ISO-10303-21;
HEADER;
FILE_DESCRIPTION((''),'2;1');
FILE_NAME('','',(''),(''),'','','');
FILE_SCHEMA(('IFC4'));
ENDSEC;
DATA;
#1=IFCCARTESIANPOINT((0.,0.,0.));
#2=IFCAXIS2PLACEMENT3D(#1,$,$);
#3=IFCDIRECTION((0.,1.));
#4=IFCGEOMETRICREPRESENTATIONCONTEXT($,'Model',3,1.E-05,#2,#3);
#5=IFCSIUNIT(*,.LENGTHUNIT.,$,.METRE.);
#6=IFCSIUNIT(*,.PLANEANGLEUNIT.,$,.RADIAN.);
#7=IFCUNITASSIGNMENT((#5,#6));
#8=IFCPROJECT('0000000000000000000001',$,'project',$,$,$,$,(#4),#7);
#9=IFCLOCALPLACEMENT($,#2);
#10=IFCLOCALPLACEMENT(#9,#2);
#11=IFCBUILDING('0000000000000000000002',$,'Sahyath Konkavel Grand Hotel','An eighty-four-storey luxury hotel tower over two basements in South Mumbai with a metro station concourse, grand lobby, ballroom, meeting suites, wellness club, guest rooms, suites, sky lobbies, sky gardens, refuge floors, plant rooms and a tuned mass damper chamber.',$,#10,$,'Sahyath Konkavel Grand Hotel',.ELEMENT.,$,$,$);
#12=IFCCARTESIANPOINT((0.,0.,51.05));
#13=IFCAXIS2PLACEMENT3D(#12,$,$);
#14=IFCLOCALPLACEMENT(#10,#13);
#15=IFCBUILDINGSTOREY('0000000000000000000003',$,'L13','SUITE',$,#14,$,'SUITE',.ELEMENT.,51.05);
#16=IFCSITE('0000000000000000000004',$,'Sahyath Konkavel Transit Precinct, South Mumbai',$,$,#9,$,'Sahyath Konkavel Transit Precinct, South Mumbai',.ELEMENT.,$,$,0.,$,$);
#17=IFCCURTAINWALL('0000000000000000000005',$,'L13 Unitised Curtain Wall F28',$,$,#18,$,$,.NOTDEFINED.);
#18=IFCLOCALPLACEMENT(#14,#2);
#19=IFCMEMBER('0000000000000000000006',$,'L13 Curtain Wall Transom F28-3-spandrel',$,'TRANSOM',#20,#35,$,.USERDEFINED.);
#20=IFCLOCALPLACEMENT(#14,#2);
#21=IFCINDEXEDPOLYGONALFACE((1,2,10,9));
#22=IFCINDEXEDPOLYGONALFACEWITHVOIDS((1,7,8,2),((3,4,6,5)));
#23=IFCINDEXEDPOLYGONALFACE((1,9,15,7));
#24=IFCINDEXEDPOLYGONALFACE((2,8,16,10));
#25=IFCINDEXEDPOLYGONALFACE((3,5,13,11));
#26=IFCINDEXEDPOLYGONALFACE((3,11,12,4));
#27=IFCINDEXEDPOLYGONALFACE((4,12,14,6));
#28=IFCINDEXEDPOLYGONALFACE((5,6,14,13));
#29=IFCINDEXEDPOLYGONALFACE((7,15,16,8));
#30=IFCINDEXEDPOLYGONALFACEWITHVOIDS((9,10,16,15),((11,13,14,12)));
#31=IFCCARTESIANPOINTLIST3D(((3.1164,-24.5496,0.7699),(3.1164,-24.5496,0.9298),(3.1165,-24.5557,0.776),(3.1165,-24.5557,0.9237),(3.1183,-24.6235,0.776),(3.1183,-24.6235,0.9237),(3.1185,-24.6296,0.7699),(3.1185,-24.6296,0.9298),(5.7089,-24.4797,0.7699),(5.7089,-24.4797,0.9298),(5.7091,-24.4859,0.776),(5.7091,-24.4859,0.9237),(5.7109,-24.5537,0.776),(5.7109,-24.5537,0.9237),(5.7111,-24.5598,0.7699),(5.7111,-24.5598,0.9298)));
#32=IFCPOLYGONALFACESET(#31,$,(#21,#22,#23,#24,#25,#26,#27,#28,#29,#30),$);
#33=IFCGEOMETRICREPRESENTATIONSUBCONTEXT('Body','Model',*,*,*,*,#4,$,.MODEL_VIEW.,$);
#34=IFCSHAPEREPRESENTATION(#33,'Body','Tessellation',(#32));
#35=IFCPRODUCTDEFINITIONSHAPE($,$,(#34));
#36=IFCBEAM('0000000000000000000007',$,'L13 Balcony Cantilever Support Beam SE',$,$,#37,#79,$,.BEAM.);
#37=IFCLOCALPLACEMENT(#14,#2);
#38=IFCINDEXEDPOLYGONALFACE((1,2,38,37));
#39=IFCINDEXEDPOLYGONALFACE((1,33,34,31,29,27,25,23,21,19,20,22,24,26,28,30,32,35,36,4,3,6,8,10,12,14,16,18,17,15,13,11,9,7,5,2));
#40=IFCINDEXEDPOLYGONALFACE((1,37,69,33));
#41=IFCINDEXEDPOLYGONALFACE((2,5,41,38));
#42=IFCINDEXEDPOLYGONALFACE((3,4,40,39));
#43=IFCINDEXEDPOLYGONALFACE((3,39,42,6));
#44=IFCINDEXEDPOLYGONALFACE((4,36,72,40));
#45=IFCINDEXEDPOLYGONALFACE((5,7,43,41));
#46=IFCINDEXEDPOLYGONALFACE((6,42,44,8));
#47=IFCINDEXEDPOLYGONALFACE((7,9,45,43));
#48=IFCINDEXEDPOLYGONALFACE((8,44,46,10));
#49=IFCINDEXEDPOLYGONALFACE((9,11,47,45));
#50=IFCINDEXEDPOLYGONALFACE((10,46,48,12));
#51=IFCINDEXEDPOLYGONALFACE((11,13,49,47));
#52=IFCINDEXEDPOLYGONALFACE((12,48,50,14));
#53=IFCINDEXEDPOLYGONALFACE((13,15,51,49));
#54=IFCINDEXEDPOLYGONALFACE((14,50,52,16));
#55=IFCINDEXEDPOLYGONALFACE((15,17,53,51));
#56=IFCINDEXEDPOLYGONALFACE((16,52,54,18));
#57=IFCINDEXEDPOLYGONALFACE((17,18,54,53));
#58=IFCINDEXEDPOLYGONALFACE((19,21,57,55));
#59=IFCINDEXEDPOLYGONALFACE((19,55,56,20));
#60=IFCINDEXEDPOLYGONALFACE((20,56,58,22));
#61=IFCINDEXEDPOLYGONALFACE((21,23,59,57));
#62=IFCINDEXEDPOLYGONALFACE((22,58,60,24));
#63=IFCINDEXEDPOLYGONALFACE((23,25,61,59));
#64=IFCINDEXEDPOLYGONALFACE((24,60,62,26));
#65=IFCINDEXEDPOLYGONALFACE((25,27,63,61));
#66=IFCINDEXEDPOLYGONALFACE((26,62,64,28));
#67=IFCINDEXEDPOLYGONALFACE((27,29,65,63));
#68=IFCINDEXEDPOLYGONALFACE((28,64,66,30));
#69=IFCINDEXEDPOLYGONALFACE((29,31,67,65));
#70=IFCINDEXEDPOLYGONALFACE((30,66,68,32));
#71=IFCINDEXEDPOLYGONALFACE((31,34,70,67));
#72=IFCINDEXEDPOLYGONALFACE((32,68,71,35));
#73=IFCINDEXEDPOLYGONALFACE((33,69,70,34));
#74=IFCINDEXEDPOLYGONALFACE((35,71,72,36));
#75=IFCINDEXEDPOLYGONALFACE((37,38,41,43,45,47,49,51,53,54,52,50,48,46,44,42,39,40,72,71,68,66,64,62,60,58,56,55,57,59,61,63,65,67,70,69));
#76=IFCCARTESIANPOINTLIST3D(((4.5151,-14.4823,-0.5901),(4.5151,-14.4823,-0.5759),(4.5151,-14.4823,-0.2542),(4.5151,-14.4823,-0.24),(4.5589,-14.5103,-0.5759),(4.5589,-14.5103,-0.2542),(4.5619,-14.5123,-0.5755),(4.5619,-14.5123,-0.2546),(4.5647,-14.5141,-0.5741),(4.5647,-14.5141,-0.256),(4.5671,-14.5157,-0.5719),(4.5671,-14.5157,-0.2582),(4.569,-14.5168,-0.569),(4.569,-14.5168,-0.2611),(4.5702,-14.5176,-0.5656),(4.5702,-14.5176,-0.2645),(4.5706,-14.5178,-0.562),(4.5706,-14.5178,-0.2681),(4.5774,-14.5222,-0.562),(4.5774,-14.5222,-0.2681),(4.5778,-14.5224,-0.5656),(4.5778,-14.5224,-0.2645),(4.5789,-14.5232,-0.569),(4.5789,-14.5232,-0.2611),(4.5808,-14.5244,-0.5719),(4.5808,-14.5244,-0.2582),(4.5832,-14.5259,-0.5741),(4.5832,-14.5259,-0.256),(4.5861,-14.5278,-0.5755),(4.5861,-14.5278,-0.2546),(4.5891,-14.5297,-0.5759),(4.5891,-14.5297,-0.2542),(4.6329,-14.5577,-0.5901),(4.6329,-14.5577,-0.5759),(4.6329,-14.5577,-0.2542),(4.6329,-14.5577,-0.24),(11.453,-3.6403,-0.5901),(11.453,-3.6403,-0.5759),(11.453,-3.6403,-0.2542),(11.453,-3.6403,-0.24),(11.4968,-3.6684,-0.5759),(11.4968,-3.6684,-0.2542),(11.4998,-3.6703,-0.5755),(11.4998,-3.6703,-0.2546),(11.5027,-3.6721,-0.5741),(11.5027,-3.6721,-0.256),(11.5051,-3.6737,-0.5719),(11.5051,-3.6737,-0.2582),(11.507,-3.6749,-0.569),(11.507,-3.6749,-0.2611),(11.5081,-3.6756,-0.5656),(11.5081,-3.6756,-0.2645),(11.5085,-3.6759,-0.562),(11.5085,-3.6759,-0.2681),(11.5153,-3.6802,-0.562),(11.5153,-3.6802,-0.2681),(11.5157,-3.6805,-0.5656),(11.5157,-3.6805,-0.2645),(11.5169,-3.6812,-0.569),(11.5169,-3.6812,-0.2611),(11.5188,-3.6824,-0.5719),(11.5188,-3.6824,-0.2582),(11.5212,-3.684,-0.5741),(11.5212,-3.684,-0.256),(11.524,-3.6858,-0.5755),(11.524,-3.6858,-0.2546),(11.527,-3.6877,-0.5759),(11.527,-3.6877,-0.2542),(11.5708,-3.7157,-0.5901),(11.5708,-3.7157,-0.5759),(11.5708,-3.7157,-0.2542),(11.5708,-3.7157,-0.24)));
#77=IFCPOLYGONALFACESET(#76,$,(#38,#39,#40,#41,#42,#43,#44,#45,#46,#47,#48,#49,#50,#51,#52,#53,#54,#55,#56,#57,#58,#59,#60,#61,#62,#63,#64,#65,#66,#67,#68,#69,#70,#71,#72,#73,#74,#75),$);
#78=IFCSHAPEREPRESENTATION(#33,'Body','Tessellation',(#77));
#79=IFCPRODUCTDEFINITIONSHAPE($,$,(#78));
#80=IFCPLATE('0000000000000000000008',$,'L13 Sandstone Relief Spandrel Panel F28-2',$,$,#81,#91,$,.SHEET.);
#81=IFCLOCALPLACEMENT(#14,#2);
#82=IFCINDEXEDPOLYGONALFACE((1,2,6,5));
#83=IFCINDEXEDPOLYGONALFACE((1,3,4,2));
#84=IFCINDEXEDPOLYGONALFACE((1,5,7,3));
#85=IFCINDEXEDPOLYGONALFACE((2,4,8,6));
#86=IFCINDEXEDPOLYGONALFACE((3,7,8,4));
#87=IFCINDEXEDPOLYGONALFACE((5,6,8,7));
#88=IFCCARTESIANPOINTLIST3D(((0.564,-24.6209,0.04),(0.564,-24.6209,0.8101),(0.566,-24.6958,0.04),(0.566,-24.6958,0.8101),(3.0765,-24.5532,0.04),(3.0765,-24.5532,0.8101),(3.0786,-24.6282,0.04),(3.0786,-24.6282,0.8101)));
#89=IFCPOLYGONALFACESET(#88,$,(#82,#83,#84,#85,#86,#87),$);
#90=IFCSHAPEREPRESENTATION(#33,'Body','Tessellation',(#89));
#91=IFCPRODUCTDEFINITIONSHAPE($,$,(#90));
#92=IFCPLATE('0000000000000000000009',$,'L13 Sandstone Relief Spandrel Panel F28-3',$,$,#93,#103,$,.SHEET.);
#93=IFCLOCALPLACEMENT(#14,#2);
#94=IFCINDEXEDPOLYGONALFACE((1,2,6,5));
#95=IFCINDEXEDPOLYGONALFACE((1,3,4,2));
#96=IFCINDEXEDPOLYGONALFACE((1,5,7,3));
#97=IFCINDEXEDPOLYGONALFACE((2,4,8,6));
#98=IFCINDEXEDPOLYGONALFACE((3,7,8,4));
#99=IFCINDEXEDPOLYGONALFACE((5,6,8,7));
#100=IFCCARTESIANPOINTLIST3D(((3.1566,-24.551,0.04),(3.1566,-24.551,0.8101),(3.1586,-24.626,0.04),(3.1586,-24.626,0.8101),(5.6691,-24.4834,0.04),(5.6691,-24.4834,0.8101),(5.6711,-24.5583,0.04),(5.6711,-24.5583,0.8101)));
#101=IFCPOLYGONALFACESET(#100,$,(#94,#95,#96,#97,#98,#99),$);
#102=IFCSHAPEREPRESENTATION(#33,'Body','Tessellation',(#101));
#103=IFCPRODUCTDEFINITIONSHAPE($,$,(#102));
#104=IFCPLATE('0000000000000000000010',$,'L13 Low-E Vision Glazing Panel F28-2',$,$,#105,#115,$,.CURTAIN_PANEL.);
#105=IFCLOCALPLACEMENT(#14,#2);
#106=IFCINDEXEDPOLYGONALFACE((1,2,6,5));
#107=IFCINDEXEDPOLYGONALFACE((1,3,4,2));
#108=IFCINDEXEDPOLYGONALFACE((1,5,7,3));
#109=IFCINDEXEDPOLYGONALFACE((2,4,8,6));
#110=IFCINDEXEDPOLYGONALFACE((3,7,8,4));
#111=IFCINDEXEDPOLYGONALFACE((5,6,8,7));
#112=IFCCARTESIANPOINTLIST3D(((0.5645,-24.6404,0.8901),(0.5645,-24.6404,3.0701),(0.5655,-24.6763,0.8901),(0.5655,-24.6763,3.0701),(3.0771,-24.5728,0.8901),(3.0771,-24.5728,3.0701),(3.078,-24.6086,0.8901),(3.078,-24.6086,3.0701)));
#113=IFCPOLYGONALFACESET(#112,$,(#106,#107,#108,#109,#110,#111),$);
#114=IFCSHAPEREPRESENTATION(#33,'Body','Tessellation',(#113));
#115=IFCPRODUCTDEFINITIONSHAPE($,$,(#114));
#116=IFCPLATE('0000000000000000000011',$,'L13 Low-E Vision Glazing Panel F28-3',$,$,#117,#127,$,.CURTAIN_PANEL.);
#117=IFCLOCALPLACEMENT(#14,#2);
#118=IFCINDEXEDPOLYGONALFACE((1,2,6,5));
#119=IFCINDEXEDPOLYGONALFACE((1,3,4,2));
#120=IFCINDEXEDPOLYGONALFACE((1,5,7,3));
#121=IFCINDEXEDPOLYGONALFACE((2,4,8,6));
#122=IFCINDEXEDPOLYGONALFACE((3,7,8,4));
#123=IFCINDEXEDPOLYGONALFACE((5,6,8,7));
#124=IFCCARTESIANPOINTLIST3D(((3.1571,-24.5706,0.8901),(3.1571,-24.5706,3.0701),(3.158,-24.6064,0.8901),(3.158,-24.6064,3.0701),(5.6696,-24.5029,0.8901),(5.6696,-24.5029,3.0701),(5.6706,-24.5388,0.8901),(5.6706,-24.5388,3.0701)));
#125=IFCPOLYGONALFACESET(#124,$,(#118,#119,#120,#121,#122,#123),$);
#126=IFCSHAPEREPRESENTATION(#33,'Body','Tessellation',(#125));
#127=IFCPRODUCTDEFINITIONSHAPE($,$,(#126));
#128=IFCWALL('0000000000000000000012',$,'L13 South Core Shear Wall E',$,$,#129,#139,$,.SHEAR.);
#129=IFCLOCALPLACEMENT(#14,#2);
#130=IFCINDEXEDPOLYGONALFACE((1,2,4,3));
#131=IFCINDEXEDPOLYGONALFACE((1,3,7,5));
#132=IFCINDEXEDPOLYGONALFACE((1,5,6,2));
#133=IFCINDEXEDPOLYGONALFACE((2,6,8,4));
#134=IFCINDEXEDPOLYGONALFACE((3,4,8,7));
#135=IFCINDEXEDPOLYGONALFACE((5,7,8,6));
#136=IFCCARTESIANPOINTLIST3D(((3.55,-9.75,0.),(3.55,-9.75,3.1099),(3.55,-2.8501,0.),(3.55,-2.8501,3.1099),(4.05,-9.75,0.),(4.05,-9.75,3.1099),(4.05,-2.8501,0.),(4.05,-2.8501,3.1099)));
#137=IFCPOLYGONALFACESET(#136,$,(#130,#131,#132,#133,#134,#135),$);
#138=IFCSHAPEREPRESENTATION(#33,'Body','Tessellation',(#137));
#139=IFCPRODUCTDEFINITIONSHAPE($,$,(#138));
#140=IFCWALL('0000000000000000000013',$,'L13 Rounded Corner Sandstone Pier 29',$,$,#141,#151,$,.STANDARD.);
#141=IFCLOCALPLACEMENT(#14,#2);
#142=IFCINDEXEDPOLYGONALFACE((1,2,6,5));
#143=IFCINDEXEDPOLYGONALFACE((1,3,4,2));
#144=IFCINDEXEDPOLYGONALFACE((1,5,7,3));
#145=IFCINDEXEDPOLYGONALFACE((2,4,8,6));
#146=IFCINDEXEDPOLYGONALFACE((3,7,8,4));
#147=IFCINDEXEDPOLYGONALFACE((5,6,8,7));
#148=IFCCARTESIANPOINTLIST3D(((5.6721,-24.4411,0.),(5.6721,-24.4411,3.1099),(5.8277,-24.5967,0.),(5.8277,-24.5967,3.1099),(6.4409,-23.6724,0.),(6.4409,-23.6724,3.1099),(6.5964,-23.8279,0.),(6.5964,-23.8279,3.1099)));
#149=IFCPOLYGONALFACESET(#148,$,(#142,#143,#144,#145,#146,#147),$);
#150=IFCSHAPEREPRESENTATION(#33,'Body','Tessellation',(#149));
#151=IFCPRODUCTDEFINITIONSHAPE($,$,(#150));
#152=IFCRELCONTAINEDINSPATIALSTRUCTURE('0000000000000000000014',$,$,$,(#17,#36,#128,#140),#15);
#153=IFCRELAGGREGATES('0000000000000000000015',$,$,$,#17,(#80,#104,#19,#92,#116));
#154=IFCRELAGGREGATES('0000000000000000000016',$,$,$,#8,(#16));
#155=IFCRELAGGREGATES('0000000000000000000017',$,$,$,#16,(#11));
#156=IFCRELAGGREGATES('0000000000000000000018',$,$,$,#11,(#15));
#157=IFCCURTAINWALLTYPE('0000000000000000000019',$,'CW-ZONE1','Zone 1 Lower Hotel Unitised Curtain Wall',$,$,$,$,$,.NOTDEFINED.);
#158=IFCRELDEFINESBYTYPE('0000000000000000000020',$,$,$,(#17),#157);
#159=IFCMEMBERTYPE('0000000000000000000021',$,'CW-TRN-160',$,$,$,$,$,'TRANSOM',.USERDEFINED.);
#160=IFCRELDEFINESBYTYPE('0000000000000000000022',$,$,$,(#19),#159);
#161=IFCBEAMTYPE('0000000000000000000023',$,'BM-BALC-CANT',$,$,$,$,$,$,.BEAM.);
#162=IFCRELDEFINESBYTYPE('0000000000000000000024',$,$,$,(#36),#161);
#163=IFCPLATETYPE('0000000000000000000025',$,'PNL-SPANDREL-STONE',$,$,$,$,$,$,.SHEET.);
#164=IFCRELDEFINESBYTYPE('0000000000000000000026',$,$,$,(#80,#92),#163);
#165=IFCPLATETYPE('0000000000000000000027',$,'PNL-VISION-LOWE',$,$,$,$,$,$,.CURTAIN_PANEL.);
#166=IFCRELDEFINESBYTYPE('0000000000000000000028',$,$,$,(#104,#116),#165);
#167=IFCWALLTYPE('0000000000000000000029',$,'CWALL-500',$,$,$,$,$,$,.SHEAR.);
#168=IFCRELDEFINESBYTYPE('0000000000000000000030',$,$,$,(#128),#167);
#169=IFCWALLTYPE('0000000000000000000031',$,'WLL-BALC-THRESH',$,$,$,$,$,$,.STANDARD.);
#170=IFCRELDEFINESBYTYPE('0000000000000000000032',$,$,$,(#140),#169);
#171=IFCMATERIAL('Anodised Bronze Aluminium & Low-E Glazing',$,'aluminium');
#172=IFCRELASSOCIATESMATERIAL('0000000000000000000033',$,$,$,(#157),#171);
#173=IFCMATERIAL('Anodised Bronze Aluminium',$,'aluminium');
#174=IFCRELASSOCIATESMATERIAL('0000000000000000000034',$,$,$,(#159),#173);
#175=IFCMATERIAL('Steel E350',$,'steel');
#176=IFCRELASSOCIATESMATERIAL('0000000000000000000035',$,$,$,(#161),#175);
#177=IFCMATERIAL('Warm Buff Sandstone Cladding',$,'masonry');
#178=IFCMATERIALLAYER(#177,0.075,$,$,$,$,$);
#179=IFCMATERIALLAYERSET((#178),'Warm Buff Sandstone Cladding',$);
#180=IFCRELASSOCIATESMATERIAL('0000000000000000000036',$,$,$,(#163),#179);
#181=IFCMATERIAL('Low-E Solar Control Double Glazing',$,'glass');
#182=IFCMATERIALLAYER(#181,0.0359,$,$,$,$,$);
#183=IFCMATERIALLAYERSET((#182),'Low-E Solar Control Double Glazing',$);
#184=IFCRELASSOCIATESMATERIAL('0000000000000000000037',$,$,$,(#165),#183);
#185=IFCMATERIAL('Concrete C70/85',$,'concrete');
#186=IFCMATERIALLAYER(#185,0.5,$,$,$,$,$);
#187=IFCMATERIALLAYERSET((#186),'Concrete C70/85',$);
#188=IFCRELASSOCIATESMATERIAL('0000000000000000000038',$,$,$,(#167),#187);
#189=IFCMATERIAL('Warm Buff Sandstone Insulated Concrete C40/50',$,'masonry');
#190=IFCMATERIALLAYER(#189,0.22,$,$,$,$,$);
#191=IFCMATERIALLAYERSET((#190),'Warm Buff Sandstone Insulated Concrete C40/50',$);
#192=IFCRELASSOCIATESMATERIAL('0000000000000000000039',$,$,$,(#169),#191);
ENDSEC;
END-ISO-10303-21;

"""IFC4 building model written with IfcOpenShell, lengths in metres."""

from ifc_helpers import new_model, si_unit, direction, frame, frame_2d, origin, origin_2d, place, context, subcontext, project, spatial, rectangle, hollow_rectangle, i_section, extrude, source, transform, mapped, material, layer, layer_set, material_profile, profile_set, type_object, element, aggregate, save


model = new_model("IFC4")

# Units and contexts
model_context = context("Model", 3, precision=1e-05, world=origin(), true_north=direction((0.0, 1.0)))
body_context = subcontext(model_context, "Body", "Model", "MODEL_VIEW")
ifc_project = project(units=[si_unit("LENGTHUNIT", "METRE"), si_unit("PLANEANGLEUNIT", "RADIAN")], contexts=[model_context])

# Site, building, storey
site_placement = place(None, origin())
site = spatial("IfcSite", under=ifc_project, at=site_placement, Name="Sahyath Konkavel Transit Precinct, South Mumbai", LongName="Sahyath Konkavel Transit Precinct, South Mumbai", CompositionType="ELEMENT", RefElevation=0.0)
building_placement = place(site_placement, origin())
building = spatial("IfcBuilding", under=site, at=building_placement, Name="Sahyath Konkavel Grand Hotel", Description="An eighty-four-storey luxury hotel tower over two basements in South Mumbai with a metro station concourse, grand lobby, ballroom, meeting suites, wellness club, guest rooms, suites, sky lobbies, sky gardens, refuge floors, plant rooms and a tuned mass damper chamber.", LongName="Sahyath Konkavel Grand Hotel", CompositionType="ELEMENT")
storey_placement = place(building_placement, frame((0.0, 0.0, 51.05)))
storey = spatial("IfcBuildingStorey", under=building, at=storey_placement, Name="L13", Description="SUITE", LongName="SUITE", CompositionType="ELEMENT", Elevation=51.05)

# Shared definitions
ifc_material_1 = material(Name="Concrete C70/85", Category="concrete")

# Shared definitions
ifc_material_2 = material(Name="Steel E350", Category="steel")

# Curtain wall, member
ifc_material_3 = material(Name="Anodised Bronze Aluminium & Low-E Glazing", Category="aluminium")
curtain_wall_type = type_object("IfcCurtainWallType", Name="CW-ZONE1", Description="Zone 1 Lower Hotel Unitised Curtain Wall", PredefinedType="NOTDEFINED", material=ifc_material_3)
curtain_wall_placement = place(storey_placement, origin())
curtain_wall = element("IfcCurtainWall", 1, at=curtain_wall_placement, inside=storey, type_object=curtain_wall_type, Name="L13 Unitised Curtain Wall F28", PredefinedType="NOTDEFINED")
ifc_material_4 = material(Name="Anodised Bronze Aluminium", Category="aluminium")
ifc_material_profile_1 = material_profile(ifc_material_4, hollow_rectangle(XDim=0.0801, YDim=0.1599, WallThickness=0.0061, at=origin_2d()), Name="RHS 160x80x6")
ifc_profile_set_1 = profile_set([ifc_material_profile_1], Name="Anodised Bronze Aluminium")
member_type_1 = type_object("IfcMemberType", Name="CW-TRN-160", ElementType="TRANSOM", PredefinedType="USERDEFINED", material=ifc_profile_set_1)
shared_shape_1 = source(origin(), body_context, "Body", "SweptSolid", [
    extrude(hollow_rectangle(XDim=0.0801, YDim=0.1599, WallThickness=0.0061, at=origin_2d()), origin(), (0.0, 0.0, 1.0), 2.5935),
])
member_1_placement = place(storey_placement, frame((3.1174, -24.5896, 0.8499), z_axis=(0.999638, 0.026923, 0.0), x_axis=(-0.026923, 0.999638, 0.0)))
member_1 = element("IfcMember", 2, at=member_1_placement, type_object=member_type_1, Name="L13 Curtain Wall Transom F28-3-spandrel", ObjectType="TRANSOM", PredefinedType="USERDEFINED", context=body_context, shape_type="MappedRepresentation", body=[
    mapped(shared_shape_1, transform((0.0, 0.0, 0.0), scale=1.0)),
])

# Beam
ifc_material_profile_2 = material_profile(ifc_material_2, i_section(OverallWidth=0.1399, OverallDepth=0.3501, WebThickness=0.0081, FlangeThickness=0.0142, FilletRadius=0.0139, at=origin_2d()), Name="ISMB 350")
ifc_profile_set_2 = profile_set([ifc_material_profile_2], Name="Steel E350")
beam_type_1 = type_object("IfcBeamType", Name="BM-BALC-CANT", PredefinedType="BEAM", material=ifc_profile_set_2)
shared_shape_2 = source(origin(), body_context, "Body", "SweptSolid", [
    extrude(i_section(OverallWidth=0.1399, OverallDepth=0.3501, WebThickness=0.0081, FlangeThickness=0.0142, FilletRadius=0.0139, at=origin_2d()), origin(), (0.0, 0.0, 1.0), 12.8718),
])
beam_1_placement = place(storey_placement, frame((4.574, -14.52, -0.415), z_axis=(0.539003, 0.842304, 0.0), x_axis=(-0.842304, 0.539003, 0.0)))
element("IfcBeam", 3, at=beam_1_placement, inside=storey, type_object=beam_type_1, Name="L13 Balcony Cantilever Support Beam SE", PredefinedType="BEAM", context=body_context, shape_type="MappedRepresentation", body=[
    mapped(shared_shape_2, transform((0.0, 0.0, 0.0), scale=1.0)),
])

# Plates
ifc_material_5 = material(Name="Warm Buff Sandstone Cladding", Category="masonry")
ifc_layer_1 = layer(ifc_material_5, 0.075)
ifc_layer_set_1 = layer_set([ifc_layer_1], Name="Warm Buff Sandstone Cladding")
plate_type_1 = type_object("IfcPlateType", Name="PNL-SPANDREL-STONE", PredefinedType="SHEET", material=ifc_layer_set_1)
shared_shape_3 = source(origin(), body_context, "Body", "SweptSolid", [
    extrude(rectangle(XDim=2.5134, YDim=0.075, at=origin_2d()), origin(), (0.0, 0.0, 1.0), 0.77),
])
plate_1_placement = place(storey_placement, frame((1.8213, -24.6245, 0.04), z_axis=(0.0, 0.0, 1.0), x_axis=(0.999638, 0.02691, 0.0)))
plate_1 = element("IfcPlate", 4, at=plate_1_placement, type_object=plate_type_1, Name="L13 Sandstone Relief Spandrel Panel F28-2", PredefinedType="SHEET", context=body_context, shape_type="MappedRepresentation", body=[
    mapped(shared_shape_3, transform((0.0, 0.0, 0.0), scale=1.0)),
])
plate_2_placement = place(storey_placement, frame((4.4138, -24.5547, 0.04), z_axis=(0.0, 0.0, 1.0), x_axis=(0.999638, 0.02691, 0.0)))
plate_2 = element("IfcPlate", 5, at=plate_2_placement, type_object=plate_type_1, Name="L13 Sandstone Relief Spandrel Panel F28-3", PredefinedType="SHEET", context=body_context, shape_type="MappedRepresentation", body=[
    mapped(shared_shape_3, transform((0.0, 0.0, 0.0), scale=1.0)),
])
ifc_material_6 = material(Name="Low-E Solar Control Double Glazing", Category="glass")
ifc_layer_2 = layer(ifc_material_6, 0.0359)
ifc_layer_set_2 = layer_set([ifc_layer_2], Name="Low-E Solar Control Double Glazing")
plate_type_2 = type_object("IfcPlateType", Name="PNL-VISION-LOWE", PredefinedType="CURTAIN_PANEL", material=ifc_layer_set_2)
shared_shape_4 = source(origin(), body_context, "Body", "SweptSolid", [
    extrude(rectangle(XDim=2.5134, YDim=0.0359, at=origin_2d()), origin(), (0.0, 0.0, 1.0), 2.1799),
])
plate_3_placement = place(storey_placement, frame((1.8213, -24.6245, 0.8901), z_axis=(0.0, 0.0, 1.0), x_axis=(0.999638, 0.02691, 0.0)))
plate_3 = element("IfcPlate", 6, at=plate_3_placement, type_object=plate_type_2, Name="L13 Low-E Vision Glazing Panel F28-2", PredefinedType="CURTAIN_PANEL", context=body_context, shape_type="MappedRepresentation", body=[
    mapped(shared_shape_4, transform((0.0, 0.0, 0.0), scale=1.0)),
])
plate_4_placement = place(storey_placement, frame((4.4138, -24.5547, 0.8901), z_axis=(0.0, 0.0, 1.0), x_axis=(0.999638, 0.02691, 0.0)))
plate_4 = element("IfcPlate", 7, at=plate_4_placement, type_object=plate_type_2, Name="L13 Low-E Vision Glazing Panel F28-3", PredefinedType="CURTAIN_PANEL", context=body_context, shape_type="MappedRepresentation", body=[
    mapped(shared_shape_4, transform((0.0, 0.0, 0.0), scale=1.0)),
])
aggregate(curtain_wall, [plate_1, plate_3, member_1, plate_2, plate_4])

# Walls
ifc_layer_3 = layer(ifc_material_1, 0.5)
ifc_layer_set_3 = layer_set([ifc_layer_3], Name="Concrete C70/85")
wall_type_1 = type_object("IfcWallType", Name="CWALL-500", PredefinedType="SHEAR", material=ifc_layer_set_3)
wall_1_placement = place(storey_placement, frame((3.8, -9.75, 0.0), z_axis=(0.0, 0.0, 1.0), x_axis=(0.0, 1.0, 0.0)))
element("IfcWall", 8, at=wall_1_placement, inside=storey, type_object=wall_type_1, Name="L13 South Core Shear Wall E", PredefinedType="SHEAR", context=body_context, shape_type="SweptSolid", body=[
    extrude(rectangle(XDim=6.8999, YDim=0.5, at=frame_2d((3.45, 0.0))), origin(), (0.0, 0.0, 1.0), 3.1099),
])
ifc_material_7 = material(Name="Warm Buff Sandstone Insulated Concrete C40/50", Category="masonry")
ifc_layer_4 = layer(ifc_material_7, 0.22)
ifc_layer_set_4 = layer_set([ifc_layer_4], Name="Warm Buff Sandstone Insulated Concrete C40/50")
wall_type_2 = type_object("IfcWallType", Name="WLL-BALC-THRESH", PredefinedType="STANDARD", material=ifc_layer_set_4)
wall_2_placement = place(storey_placement, frame((5.75, -24.5188, 0.0), z_axis=(0.0, 0.0, 1.0), x_axis=(0.707107, 0.707107, 0.0)))
element("IfcWall", 9, at=wall_2_placement, inside=storey, type_object=wall_type_2, Name="L13 Rounded Corner Sandstone Pier 29", PredefinedType="STANDARD", context=body_context, shape_type="SweptSolid", body=[
    extrude(rectangle(XDim=1.0872, YDim=0.22, at=frame_2d((0.5435, 0.0))), origin(), (0.0, 0.0, 1.0), 3.1099),
])

save(model, "model.ifc")
